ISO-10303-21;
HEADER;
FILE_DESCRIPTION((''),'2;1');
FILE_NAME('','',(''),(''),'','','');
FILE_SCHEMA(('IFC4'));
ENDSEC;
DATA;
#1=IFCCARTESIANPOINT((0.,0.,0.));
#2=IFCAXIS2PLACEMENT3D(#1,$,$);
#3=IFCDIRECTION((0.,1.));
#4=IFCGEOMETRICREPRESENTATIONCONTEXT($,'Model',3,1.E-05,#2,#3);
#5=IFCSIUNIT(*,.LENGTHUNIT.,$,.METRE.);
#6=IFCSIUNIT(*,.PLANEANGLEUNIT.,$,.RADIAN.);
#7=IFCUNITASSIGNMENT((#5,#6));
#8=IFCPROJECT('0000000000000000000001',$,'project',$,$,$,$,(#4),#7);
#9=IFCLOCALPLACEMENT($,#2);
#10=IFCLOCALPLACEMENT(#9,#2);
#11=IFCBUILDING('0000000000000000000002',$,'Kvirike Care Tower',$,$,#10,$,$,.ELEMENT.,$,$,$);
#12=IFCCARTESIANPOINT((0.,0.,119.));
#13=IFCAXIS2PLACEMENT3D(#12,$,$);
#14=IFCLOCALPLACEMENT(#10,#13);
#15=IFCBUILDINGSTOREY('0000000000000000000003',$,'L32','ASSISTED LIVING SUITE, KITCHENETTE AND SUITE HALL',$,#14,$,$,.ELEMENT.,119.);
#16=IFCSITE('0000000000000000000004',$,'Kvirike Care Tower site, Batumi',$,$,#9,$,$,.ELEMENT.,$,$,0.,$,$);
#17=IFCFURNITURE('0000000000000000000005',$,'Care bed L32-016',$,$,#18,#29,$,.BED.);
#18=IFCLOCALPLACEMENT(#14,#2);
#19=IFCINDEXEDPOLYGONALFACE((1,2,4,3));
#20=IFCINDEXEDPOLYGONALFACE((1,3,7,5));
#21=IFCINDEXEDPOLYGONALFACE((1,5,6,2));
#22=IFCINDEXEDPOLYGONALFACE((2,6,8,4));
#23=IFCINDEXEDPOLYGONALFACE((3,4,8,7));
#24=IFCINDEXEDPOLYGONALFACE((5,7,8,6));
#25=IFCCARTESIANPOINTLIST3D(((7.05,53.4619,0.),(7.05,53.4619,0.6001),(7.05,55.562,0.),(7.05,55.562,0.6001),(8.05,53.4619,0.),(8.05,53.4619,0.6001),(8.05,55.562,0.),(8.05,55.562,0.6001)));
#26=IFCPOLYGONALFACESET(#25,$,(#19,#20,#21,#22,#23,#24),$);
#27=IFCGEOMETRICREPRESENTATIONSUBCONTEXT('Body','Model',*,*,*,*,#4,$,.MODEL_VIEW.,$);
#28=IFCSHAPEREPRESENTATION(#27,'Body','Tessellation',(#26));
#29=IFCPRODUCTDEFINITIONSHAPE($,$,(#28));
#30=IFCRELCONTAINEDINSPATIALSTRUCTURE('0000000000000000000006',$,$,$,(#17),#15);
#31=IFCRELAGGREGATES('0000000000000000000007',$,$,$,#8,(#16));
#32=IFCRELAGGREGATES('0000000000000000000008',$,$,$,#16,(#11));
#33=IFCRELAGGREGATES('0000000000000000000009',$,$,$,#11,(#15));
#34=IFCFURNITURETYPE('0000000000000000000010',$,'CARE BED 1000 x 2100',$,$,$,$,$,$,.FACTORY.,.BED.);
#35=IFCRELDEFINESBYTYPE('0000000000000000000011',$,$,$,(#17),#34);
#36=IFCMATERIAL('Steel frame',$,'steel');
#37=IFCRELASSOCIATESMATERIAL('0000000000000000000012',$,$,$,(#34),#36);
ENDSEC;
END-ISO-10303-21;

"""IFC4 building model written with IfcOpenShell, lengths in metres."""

from ifc_helpers import new_model, si_unit, direction, frame, origin, origin_2d, place, context, subcontext, project, spatial, rectangle, extrude, material, type_object, element, save


model = new_model("IFC4")

# Units and contexts
model_context = context("Model", 3, precision=1e-05, world=origin(), true_north=direction((0.0, 1.0)))
body_context = subcontext(model_context, "Body", "Model", "MODEL_VIEW")
ifc_project = project(units=[si_unit("LENGTHUNIT", "METRE"), si_unit("PLANEANGLEUNIT", "RADIAN")], contexts=[model_context])

# Site, building, storey
site_placement = place(None, origin())
site = spatial("IfcSite", under=ifc_project, at=site_placement, Name="Kvirike Care Tower site, Batumi", CompositionType="ELEMENT", RefElevation=0.0)
building_placement = place(site_placement, origin())
building = spatial("IfcBuilding", under=site, at=building_placement, Name="Kvirike Care Tower", CompositionType="ELEMENT")
storey_placement = place(building_placement, frame((0.0, 0.0, 119.0)))
storey = spatial("IfcBuildingStorey", under=building, at=storey_placement, Name="L32", Description="ASSISTED LIVING SUITE, KITCHENETTE AND SUITE HALL", CompositionType="ELEMENT", Elevation=119.0)

# Furniture
ifc_material_1 = material(Name="Steel frame", Category="steel")
furniture_type = type_object("IfcFurnitureType", Name="CARE BED 1000 x 2100", AssemblyPlace="FACTORY", PredefinedType="BED", material=ifc_material_1)
for number, where, z_axis, x_axis, name in (
    (1, (7.55, 54.512, 0.0), (0.0, 0.0, 1.0), (-1.0, 0.0, 0.0), "Care bed L32-016"),
):
    element("IfcFurniture", number, at=place(storey_placement, frame(where, z_axis=z_axis, x_axis=x_axis)), inside=storey, type_object=furniture_type, Name=name, PredefinedType="BED", context=body_context, shape_type="SweptSolid", body=[
        extrude(rectangle(XDim=1.0, YDim=2.1001, at=origin_2d()), origin(), (0.0, 0.0, 1.0), 0.6001),
    ])

save(model, "model.ifc")
